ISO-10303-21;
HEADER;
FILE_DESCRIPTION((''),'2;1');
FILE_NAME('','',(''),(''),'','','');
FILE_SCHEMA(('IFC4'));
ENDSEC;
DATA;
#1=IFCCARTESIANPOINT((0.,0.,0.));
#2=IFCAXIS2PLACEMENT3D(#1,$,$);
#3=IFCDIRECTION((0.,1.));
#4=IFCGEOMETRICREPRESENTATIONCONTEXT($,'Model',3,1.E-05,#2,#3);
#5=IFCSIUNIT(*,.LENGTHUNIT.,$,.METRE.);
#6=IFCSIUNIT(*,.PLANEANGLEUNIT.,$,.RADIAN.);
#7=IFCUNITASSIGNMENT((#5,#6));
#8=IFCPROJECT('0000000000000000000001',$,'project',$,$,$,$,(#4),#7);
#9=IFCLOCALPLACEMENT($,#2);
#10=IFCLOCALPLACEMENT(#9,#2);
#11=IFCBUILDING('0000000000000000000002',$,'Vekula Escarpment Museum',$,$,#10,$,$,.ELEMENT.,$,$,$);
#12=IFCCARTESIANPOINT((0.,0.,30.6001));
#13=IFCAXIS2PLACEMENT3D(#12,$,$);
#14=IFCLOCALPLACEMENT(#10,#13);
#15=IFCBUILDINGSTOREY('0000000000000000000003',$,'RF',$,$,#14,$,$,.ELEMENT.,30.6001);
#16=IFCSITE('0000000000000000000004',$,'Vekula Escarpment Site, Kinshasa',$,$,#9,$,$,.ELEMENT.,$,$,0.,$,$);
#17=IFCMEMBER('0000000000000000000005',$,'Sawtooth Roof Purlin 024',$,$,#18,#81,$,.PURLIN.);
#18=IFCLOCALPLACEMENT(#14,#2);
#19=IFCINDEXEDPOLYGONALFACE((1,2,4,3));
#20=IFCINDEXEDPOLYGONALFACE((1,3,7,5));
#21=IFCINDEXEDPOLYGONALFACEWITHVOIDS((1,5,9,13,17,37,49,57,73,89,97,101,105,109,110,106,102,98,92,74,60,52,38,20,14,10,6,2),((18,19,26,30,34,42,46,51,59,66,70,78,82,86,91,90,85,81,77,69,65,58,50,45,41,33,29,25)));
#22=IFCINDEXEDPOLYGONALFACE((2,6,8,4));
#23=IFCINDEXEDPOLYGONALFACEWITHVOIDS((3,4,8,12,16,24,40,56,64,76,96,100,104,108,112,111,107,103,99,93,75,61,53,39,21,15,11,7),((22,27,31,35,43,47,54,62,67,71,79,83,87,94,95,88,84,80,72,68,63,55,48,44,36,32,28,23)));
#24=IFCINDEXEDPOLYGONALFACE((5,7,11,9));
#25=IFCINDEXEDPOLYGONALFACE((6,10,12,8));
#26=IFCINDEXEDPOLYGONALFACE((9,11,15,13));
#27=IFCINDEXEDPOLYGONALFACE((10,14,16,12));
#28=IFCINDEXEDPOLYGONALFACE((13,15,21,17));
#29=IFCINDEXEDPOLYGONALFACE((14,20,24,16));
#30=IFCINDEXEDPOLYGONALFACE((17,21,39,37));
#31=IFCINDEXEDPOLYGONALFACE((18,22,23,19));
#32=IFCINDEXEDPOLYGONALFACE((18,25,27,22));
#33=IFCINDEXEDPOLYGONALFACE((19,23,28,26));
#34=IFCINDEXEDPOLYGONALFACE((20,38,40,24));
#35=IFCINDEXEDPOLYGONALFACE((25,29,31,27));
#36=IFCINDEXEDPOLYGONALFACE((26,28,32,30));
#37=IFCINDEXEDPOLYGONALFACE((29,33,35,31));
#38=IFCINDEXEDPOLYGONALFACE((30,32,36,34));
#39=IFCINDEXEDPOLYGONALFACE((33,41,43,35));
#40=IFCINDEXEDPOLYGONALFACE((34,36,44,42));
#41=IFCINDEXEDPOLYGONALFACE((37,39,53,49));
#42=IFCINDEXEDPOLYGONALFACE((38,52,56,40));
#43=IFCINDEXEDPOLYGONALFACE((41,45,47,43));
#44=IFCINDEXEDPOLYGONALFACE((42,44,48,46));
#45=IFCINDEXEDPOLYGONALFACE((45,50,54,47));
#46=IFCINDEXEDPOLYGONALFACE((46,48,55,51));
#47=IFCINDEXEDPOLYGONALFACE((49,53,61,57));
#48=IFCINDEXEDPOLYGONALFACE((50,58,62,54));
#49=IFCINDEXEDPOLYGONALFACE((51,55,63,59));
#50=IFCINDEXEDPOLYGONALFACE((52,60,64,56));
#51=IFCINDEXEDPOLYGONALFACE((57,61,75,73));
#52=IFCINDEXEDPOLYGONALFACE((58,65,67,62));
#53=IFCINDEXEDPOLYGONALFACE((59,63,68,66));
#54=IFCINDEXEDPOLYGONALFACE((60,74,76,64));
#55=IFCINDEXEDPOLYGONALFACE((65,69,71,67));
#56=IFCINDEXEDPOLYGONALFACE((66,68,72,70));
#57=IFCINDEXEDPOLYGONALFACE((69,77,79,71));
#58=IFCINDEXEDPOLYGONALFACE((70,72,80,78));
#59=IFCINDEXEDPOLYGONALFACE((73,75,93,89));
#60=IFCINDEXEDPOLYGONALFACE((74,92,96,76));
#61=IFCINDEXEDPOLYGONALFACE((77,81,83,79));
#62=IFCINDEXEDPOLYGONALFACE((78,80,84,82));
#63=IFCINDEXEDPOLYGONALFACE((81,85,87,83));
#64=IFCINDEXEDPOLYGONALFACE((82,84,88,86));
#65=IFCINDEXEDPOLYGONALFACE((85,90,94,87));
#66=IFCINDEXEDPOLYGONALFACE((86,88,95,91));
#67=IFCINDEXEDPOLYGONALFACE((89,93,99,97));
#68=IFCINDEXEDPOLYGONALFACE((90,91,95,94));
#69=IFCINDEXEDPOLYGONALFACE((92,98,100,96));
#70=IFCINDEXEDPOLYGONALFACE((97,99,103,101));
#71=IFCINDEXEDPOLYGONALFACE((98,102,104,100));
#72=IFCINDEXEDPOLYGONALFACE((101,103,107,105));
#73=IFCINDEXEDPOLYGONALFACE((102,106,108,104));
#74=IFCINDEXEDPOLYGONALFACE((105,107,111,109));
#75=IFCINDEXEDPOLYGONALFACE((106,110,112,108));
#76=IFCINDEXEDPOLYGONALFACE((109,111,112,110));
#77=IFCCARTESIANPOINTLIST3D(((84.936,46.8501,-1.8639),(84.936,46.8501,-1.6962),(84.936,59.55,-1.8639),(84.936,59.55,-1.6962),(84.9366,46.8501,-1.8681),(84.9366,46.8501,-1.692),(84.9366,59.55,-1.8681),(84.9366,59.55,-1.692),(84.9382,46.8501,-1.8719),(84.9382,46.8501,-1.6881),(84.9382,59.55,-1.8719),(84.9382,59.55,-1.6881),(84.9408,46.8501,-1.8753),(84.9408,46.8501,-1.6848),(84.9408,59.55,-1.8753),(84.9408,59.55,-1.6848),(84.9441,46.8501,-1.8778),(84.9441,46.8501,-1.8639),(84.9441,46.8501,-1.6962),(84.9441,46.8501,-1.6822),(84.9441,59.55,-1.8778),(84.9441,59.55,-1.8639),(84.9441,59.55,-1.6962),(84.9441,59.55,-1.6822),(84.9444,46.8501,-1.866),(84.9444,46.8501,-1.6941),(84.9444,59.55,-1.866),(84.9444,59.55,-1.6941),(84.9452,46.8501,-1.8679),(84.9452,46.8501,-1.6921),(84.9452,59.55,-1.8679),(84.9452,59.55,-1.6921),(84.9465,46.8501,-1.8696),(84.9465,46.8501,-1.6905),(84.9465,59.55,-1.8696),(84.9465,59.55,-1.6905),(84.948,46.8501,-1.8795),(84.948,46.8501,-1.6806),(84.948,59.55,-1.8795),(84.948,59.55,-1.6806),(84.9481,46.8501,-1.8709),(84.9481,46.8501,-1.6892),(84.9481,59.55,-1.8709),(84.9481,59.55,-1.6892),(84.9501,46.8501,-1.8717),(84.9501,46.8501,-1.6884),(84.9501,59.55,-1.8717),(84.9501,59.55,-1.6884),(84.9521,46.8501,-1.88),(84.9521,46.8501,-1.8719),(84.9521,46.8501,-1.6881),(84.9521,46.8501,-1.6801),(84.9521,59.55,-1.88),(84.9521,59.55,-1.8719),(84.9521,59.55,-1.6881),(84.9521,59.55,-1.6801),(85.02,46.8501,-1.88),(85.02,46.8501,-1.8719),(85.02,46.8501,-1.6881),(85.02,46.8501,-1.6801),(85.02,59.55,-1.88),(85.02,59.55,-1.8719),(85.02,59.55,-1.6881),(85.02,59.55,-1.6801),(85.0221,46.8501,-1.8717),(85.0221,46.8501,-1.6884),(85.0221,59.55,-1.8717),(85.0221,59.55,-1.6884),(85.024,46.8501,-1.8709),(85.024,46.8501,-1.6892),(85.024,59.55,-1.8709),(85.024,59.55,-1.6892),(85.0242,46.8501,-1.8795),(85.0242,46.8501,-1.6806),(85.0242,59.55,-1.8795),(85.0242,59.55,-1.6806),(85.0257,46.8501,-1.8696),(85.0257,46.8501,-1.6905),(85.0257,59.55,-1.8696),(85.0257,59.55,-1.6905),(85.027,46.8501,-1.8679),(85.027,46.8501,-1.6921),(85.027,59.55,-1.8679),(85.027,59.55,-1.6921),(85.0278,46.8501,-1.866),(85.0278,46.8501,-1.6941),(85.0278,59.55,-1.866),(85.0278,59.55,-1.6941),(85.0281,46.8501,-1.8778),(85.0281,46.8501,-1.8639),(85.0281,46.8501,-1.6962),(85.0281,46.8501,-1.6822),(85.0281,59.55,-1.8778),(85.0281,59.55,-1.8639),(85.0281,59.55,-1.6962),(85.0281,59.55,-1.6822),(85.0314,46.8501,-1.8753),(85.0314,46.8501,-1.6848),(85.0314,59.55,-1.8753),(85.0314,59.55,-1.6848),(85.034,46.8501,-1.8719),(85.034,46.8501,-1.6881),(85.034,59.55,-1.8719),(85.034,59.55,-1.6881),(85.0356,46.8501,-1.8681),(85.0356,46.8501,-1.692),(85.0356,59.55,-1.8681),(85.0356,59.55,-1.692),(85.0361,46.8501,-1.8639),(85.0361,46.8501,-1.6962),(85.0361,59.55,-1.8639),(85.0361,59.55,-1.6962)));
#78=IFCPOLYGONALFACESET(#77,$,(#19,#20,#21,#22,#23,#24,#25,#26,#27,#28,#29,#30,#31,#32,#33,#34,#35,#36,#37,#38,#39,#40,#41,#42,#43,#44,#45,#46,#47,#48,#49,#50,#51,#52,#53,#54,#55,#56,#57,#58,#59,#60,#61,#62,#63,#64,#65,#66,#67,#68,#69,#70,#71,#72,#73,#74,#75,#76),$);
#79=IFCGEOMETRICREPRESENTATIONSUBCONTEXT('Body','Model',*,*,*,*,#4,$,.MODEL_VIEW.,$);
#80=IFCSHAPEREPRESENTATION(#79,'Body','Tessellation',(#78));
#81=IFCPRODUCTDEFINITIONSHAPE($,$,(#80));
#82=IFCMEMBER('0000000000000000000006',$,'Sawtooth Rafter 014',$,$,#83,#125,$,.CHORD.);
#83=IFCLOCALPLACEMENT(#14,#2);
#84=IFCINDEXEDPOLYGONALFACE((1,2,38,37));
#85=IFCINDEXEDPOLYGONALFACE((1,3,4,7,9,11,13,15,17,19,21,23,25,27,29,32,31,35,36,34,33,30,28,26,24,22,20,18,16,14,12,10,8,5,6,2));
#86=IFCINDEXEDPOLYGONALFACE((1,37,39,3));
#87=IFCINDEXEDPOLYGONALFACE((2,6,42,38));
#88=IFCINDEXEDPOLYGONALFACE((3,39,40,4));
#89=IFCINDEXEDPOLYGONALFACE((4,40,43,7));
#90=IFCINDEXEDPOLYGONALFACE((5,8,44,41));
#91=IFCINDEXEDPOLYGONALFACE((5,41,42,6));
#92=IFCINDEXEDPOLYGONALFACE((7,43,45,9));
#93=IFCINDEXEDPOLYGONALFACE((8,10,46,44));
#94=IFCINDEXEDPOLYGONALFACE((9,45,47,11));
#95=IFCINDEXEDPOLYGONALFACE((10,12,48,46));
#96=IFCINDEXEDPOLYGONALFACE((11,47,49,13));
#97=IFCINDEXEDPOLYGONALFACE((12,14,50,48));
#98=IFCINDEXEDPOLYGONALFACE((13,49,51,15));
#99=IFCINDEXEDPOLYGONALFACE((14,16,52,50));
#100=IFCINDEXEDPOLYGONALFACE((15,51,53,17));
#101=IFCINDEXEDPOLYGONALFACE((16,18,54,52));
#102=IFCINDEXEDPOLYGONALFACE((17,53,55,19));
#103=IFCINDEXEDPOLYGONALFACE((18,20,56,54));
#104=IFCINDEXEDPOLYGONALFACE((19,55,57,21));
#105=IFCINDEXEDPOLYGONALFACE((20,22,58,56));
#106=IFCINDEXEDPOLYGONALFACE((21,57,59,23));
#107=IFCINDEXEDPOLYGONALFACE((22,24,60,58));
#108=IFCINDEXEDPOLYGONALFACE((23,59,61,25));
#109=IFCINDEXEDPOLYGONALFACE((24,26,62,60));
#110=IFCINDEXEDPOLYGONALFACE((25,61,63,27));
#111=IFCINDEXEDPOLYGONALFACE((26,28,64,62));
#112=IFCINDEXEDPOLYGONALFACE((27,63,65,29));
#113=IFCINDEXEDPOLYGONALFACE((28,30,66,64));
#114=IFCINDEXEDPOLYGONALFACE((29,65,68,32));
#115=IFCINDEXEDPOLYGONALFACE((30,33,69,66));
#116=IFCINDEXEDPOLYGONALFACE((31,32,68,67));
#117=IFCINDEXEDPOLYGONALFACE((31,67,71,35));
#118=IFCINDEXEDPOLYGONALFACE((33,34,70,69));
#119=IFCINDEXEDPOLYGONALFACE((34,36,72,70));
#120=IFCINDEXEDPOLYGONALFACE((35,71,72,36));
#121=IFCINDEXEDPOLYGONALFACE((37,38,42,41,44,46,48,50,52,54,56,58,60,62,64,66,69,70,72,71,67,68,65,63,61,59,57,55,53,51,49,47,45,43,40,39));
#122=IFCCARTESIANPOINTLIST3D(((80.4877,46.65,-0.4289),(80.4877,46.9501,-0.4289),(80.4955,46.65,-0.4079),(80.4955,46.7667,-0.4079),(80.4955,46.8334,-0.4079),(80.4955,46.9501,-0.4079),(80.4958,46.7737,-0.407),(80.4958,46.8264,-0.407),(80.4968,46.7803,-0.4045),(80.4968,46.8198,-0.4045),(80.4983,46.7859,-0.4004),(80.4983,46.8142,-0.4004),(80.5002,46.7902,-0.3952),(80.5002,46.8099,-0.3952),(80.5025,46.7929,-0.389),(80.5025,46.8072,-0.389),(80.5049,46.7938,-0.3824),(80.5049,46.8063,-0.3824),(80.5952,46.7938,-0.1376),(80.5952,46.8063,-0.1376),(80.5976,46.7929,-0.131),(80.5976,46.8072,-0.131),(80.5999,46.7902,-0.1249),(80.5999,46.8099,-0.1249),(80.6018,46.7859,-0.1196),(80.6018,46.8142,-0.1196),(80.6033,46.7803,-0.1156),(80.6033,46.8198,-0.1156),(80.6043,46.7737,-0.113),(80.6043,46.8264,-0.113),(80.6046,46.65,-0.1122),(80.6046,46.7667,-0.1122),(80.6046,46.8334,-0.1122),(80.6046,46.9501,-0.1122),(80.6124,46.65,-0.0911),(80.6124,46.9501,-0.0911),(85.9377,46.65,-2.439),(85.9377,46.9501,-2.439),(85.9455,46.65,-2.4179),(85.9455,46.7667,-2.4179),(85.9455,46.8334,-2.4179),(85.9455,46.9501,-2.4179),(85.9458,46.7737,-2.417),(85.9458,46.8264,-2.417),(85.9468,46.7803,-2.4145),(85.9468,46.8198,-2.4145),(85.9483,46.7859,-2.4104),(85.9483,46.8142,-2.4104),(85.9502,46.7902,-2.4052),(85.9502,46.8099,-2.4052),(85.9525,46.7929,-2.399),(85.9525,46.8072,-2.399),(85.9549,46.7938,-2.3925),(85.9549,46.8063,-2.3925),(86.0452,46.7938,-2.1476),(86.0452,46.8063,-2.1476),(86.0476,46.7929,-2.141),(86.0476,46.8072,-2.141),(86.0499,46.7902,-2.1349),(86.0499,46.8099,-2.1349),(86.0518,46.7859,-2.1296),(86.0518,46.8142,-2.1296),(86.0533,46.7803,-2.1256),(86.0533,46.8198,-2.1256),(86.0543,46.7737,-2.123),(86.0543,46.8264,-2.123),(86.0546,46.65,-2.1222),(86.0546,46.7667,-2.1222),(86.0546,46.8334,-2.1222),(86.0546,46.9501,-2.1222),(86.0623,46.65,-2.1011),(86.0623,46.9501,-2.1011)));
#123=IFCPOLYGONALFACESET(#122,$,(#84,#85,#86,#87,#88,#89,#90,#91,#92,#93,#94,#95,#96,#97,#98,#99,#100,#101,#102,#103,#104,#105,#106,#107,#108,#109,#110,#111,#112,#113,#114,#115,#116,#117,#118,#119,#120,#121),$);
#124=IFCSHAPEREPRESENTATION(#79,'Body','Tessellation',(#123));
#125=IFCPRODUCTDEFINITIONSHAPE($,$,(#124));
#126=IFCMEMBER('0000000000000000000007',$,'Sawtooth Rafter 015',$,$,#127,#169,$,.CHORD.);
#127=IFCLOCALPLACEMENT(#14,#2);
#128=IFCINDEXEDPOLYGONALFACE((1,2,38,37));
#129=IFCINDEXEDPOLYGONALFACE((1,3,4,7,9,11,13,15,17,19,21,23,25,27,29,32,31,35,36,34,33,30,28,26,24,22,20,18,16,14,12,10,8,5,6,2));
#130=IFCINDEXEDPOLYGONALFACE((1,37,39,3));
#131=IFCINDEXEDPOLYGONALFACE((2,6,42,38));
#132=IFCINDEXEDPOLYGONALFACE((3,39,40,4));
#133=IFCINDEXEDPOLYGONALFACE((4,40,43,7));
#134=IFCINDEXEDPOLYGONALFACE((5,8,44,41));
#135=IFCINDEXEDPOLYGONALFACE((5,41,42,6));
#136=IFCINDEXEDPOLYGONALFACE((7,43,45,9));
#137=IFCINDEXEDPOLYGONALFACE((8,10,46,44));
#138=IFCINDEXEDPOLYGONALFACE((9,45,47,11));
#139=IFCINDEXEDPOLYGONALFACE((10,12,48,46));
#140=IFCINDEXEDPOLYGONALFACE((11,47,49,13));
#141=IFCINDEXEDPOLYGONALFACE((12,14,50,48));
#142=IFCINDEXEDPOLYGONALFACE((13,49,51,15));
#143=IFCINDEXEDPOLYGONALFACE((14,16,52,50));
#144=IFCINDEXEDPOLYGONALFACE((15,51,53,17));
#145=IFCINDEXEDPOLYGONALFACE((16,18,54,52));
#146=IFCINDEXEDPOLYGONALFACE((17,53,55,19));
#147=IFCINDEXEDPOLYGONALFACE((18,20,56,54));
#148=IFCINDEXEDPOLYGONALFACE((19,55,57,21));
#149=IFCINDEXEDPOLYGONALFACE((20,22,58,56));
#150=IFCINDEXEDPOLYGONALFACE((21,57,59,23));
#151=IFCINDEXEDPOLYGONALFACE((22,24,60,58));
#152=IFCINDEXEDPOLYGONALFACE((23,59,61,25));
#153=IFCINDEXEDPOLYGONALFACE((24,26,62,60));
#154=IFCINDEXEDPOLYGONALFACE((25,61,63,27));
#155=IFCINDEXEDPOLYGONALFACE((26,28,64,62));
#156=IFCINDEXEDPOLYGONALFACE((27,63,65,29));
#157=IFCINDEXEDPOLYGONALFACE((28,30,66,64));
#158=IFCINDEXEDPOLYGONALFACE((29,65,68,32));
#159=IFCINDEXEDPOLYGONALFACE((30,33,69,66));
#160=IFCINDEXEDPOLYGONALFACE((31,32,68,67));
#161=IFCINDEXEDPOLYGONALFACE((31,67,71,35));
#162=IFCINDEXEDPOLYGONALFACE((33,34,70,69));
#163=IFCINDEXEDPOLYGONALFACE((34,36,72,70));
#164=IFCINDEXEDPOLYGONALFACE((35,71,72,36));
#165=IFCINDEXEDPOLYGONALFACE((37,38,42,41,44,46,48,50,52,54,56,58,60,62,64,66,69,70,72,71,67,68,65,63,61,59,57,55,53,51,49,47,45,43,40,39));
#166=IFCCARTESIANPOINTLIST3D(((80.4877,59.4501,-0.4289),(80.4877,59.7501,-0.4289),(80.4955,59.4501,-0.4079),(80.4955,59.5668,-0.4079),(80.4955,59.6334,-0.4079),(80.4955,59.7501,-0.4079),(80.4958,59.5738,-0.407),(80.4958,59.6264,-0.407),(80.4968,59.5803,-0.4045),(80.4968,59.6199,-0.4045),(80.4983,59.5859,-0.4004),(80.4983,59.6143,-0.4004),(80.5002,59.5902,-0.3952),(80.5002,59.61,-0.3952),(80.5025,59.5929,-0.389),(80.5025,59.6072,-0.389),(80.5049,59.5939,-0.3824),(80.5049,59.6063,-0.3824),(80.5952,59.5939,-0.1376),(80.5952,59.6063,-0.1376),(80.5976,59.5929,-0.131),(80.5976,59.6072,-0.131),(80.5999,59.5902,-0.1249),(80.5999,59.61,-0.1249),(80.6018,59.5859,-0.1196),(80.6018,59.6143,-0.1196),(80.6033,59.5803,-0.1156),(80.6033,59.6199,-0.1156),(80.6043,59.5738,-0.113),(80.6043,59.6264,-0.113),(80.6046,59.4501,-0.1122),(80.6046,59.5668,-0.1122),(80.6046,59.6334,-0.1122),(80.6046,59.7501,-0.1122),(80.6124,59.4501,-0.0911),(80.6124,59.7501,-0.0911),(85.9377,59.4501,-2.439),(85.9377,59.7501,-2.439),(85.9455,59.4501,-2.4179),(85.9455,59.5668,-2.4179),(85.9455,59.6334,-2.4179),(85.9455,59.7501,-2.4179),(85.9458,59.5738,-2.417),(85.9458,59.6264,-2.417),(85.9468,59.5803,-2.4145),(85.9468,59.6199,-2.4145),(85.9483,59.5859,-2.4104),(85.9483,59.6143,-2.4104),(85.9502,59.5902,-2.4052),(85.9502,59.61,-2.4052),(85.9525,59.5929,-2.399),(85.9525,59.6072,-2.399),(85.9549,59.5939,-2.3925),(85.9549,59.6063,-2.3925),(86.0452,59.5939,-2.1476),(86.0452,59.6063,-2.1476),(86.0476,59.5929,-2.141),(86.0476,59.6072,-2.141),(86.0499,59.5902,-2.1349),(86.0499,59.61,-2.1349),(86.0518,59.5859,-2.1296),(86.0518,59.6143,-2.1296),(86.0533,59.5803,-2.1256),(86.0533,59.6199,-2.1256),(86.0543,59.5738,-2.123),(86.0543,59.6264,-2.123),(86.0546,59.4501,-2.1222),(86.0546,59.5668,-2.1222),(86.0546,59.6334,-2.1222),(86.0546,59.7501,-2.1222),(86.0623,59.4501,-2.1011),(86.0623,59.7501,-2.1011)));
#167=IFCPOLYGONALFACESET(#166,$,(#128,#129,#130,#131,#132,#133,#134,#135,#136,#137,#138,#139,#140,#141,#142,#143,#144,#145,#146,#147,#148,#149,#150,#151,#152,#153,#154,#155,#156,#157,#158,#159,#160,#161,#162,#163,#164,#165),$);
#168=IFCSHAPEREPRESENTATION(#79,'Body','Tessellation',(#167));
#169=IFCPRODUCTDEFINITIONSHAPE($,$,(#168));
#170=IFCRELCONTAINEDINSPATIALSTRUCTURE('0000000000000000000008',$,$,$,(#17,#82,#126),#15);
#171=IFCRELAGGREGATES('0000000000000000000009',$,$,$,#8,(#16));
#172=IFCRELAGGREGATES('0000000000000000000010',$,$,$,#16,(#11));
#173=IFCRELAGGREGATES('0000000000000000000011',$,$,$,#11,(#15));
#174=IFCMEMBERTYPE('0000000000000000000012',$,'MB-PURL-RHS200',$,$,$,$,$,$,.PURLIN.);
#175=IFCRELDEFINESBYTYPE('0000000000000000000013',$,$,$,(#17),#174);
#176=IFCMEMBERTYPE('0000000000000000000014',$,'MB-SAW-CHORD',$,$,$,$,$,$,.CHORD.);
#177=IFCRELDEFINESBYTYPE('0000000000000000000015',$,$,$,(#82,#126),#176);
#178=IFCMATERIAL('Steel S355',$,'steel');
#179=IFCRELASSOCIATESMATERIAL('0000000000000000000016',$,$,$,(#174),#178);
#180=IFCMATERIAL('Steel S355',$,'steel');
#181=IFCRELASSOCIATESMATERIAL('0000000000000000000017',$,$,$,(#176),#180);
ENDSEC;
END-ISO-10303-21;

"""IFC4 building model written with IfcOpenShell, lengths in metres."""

from ifc_helpers import new_model, si_unit, direction, frame, origin, origin_2d, place, context, subcontext, project, spatial, hollow_rectangle, i_section, extrude, material, material_profile, profile_set, type_object, element, save


model = new_model("IFC4")

# Units and contexts
model_context = context("Model", 3, precision=1e-05, world=origin(), true_north=direction((0.0, 1.0)))
body_context = subcontext(model_context, "Body", "Model", "MODEL_VIEW")
ifc_project = project(units=[si_unit("LENGTHUNIT", "METRE"), si_unit("PLANEANGLEUNIT", "RADIAN")], contexts=[model_context])

# Site, building, storey
site_placement = place(None, origin())
site = spatial("IfcSite", under=ifc_project, at=site_placement, Name="Vekula Escarpment Site, Kinshasa", CompositionType="ELEMENT", RefElevation=0.0)
building_placement = place(site_placement, origin())
building = spatial("IfcBuilding", under=site, at=building_placement, Name="Vekula Escarpment Museum", CompositionType="ELEMENT")
storey_placement = place(building_placement, frame((0.0, 0.0, 30.6001)))
storey = spatial("IfcBuildingStorey", under=building, at=storey_placement, Name="RF", CompositionType="ELEMENT", Elevation=30.6001)

# Members
ifc_material_1 = material(Name="Steel S355", Category="steel")
ifc_material_profile_1 = material_profile(ifc_material_1, hollow_rectangle(XDim=0.1001, YDim=0.2, WallThickness=0.0081, InnerFilletRadius=0.0081, OuterFilletRadius=0.0161, at=origin_2d()), Name="RHS 200x100x8")
ifc_profile_set_1 = profile_set([ifc_material_profile_1], Name="Steel S355")
member_type_1 = type_object("IfcMemberType", Name="MB-PURL-RHS200", PredefinedType="PURLIN", material=ifc_profile_set_1)
for number, where, z_axis, x_axis, name in (
    (1, (84.9861, 46.8501, -1.78), (0.0, 1.0, 0.0), (-1.0, 0.0, 0.0), "Sawtooth Roof Purlin 024"),
):
    element("IfcMember", number, at=place(storey_placement, frame(where, z_axis=z_axis, x_axis=x_axis)), inside=storey, type_object=member_type_1, Name=name, PredefinedType="PURLIN", context=body_context, shape_type="SweptSolid", body=[
        extrude(hollow_rectangle(XDim=0.1001, YDim=0.2, WallThickness=0.0081, InnerFilletRadius=0.0081, OuterFilletRadius=0.0161, at=origin_2d()), origin(), (0.0, 0.0, 1.0), 12.7),
    ])
ifc_material_2 = material(Name="Steel S355", Category="steel")
ifc_material_profile_2 = material_profile(ifc_material_2, i_section(OverallWidth=0.3, OverallDepth=0.3601, WebThickness=0.0125, FlangeThickness=0.0225, FilletRadius=0.0271, at=origin_2d()), Name="HEB 360")
ifc_profile_set_2 = profile_set([ifc_material_profile_2], Name="Steel S355")
member_type_2 = type_object("IfcMemberType", Name="MB-SAW-CHORD", PredefinedType="CHORD", material=ifc_profile_set_2)
for number, where, z_axis, x_axis, name in (
    (2, (80.55, 46.8, -0.26), (0.938224, 0.0, -0.346029), (0.0, 1.0, 0.0), "Sawtooth Rafter 014"),
    (3, (80.55, 59.6001, -0.26), (0.938224, 0.0, -0.346029), (0.0, 1.0, 0.0), "Sawtooth Rafter 015"),
):
    element("IfcMember", number, at=place(storey_placement, frame(where, z_axis=z_axis, x_axis=x_axis)), inside=storey, type_object=member_type_2, Name=name, PredefinedType="CHORD", context=body_context, shape_type="SweptSolid", body=[
        extrude(i_section(OverallWidth=0.3, OverallDepth=0.3601, WebThickness=0.0125, FlangeThickness=0.0225, FilletRadius=0.0271, at=origin_2d()), origin(), (0.0, 0.0, 1.0), 5.8088),
    ])

save(model, "model.ifc")
